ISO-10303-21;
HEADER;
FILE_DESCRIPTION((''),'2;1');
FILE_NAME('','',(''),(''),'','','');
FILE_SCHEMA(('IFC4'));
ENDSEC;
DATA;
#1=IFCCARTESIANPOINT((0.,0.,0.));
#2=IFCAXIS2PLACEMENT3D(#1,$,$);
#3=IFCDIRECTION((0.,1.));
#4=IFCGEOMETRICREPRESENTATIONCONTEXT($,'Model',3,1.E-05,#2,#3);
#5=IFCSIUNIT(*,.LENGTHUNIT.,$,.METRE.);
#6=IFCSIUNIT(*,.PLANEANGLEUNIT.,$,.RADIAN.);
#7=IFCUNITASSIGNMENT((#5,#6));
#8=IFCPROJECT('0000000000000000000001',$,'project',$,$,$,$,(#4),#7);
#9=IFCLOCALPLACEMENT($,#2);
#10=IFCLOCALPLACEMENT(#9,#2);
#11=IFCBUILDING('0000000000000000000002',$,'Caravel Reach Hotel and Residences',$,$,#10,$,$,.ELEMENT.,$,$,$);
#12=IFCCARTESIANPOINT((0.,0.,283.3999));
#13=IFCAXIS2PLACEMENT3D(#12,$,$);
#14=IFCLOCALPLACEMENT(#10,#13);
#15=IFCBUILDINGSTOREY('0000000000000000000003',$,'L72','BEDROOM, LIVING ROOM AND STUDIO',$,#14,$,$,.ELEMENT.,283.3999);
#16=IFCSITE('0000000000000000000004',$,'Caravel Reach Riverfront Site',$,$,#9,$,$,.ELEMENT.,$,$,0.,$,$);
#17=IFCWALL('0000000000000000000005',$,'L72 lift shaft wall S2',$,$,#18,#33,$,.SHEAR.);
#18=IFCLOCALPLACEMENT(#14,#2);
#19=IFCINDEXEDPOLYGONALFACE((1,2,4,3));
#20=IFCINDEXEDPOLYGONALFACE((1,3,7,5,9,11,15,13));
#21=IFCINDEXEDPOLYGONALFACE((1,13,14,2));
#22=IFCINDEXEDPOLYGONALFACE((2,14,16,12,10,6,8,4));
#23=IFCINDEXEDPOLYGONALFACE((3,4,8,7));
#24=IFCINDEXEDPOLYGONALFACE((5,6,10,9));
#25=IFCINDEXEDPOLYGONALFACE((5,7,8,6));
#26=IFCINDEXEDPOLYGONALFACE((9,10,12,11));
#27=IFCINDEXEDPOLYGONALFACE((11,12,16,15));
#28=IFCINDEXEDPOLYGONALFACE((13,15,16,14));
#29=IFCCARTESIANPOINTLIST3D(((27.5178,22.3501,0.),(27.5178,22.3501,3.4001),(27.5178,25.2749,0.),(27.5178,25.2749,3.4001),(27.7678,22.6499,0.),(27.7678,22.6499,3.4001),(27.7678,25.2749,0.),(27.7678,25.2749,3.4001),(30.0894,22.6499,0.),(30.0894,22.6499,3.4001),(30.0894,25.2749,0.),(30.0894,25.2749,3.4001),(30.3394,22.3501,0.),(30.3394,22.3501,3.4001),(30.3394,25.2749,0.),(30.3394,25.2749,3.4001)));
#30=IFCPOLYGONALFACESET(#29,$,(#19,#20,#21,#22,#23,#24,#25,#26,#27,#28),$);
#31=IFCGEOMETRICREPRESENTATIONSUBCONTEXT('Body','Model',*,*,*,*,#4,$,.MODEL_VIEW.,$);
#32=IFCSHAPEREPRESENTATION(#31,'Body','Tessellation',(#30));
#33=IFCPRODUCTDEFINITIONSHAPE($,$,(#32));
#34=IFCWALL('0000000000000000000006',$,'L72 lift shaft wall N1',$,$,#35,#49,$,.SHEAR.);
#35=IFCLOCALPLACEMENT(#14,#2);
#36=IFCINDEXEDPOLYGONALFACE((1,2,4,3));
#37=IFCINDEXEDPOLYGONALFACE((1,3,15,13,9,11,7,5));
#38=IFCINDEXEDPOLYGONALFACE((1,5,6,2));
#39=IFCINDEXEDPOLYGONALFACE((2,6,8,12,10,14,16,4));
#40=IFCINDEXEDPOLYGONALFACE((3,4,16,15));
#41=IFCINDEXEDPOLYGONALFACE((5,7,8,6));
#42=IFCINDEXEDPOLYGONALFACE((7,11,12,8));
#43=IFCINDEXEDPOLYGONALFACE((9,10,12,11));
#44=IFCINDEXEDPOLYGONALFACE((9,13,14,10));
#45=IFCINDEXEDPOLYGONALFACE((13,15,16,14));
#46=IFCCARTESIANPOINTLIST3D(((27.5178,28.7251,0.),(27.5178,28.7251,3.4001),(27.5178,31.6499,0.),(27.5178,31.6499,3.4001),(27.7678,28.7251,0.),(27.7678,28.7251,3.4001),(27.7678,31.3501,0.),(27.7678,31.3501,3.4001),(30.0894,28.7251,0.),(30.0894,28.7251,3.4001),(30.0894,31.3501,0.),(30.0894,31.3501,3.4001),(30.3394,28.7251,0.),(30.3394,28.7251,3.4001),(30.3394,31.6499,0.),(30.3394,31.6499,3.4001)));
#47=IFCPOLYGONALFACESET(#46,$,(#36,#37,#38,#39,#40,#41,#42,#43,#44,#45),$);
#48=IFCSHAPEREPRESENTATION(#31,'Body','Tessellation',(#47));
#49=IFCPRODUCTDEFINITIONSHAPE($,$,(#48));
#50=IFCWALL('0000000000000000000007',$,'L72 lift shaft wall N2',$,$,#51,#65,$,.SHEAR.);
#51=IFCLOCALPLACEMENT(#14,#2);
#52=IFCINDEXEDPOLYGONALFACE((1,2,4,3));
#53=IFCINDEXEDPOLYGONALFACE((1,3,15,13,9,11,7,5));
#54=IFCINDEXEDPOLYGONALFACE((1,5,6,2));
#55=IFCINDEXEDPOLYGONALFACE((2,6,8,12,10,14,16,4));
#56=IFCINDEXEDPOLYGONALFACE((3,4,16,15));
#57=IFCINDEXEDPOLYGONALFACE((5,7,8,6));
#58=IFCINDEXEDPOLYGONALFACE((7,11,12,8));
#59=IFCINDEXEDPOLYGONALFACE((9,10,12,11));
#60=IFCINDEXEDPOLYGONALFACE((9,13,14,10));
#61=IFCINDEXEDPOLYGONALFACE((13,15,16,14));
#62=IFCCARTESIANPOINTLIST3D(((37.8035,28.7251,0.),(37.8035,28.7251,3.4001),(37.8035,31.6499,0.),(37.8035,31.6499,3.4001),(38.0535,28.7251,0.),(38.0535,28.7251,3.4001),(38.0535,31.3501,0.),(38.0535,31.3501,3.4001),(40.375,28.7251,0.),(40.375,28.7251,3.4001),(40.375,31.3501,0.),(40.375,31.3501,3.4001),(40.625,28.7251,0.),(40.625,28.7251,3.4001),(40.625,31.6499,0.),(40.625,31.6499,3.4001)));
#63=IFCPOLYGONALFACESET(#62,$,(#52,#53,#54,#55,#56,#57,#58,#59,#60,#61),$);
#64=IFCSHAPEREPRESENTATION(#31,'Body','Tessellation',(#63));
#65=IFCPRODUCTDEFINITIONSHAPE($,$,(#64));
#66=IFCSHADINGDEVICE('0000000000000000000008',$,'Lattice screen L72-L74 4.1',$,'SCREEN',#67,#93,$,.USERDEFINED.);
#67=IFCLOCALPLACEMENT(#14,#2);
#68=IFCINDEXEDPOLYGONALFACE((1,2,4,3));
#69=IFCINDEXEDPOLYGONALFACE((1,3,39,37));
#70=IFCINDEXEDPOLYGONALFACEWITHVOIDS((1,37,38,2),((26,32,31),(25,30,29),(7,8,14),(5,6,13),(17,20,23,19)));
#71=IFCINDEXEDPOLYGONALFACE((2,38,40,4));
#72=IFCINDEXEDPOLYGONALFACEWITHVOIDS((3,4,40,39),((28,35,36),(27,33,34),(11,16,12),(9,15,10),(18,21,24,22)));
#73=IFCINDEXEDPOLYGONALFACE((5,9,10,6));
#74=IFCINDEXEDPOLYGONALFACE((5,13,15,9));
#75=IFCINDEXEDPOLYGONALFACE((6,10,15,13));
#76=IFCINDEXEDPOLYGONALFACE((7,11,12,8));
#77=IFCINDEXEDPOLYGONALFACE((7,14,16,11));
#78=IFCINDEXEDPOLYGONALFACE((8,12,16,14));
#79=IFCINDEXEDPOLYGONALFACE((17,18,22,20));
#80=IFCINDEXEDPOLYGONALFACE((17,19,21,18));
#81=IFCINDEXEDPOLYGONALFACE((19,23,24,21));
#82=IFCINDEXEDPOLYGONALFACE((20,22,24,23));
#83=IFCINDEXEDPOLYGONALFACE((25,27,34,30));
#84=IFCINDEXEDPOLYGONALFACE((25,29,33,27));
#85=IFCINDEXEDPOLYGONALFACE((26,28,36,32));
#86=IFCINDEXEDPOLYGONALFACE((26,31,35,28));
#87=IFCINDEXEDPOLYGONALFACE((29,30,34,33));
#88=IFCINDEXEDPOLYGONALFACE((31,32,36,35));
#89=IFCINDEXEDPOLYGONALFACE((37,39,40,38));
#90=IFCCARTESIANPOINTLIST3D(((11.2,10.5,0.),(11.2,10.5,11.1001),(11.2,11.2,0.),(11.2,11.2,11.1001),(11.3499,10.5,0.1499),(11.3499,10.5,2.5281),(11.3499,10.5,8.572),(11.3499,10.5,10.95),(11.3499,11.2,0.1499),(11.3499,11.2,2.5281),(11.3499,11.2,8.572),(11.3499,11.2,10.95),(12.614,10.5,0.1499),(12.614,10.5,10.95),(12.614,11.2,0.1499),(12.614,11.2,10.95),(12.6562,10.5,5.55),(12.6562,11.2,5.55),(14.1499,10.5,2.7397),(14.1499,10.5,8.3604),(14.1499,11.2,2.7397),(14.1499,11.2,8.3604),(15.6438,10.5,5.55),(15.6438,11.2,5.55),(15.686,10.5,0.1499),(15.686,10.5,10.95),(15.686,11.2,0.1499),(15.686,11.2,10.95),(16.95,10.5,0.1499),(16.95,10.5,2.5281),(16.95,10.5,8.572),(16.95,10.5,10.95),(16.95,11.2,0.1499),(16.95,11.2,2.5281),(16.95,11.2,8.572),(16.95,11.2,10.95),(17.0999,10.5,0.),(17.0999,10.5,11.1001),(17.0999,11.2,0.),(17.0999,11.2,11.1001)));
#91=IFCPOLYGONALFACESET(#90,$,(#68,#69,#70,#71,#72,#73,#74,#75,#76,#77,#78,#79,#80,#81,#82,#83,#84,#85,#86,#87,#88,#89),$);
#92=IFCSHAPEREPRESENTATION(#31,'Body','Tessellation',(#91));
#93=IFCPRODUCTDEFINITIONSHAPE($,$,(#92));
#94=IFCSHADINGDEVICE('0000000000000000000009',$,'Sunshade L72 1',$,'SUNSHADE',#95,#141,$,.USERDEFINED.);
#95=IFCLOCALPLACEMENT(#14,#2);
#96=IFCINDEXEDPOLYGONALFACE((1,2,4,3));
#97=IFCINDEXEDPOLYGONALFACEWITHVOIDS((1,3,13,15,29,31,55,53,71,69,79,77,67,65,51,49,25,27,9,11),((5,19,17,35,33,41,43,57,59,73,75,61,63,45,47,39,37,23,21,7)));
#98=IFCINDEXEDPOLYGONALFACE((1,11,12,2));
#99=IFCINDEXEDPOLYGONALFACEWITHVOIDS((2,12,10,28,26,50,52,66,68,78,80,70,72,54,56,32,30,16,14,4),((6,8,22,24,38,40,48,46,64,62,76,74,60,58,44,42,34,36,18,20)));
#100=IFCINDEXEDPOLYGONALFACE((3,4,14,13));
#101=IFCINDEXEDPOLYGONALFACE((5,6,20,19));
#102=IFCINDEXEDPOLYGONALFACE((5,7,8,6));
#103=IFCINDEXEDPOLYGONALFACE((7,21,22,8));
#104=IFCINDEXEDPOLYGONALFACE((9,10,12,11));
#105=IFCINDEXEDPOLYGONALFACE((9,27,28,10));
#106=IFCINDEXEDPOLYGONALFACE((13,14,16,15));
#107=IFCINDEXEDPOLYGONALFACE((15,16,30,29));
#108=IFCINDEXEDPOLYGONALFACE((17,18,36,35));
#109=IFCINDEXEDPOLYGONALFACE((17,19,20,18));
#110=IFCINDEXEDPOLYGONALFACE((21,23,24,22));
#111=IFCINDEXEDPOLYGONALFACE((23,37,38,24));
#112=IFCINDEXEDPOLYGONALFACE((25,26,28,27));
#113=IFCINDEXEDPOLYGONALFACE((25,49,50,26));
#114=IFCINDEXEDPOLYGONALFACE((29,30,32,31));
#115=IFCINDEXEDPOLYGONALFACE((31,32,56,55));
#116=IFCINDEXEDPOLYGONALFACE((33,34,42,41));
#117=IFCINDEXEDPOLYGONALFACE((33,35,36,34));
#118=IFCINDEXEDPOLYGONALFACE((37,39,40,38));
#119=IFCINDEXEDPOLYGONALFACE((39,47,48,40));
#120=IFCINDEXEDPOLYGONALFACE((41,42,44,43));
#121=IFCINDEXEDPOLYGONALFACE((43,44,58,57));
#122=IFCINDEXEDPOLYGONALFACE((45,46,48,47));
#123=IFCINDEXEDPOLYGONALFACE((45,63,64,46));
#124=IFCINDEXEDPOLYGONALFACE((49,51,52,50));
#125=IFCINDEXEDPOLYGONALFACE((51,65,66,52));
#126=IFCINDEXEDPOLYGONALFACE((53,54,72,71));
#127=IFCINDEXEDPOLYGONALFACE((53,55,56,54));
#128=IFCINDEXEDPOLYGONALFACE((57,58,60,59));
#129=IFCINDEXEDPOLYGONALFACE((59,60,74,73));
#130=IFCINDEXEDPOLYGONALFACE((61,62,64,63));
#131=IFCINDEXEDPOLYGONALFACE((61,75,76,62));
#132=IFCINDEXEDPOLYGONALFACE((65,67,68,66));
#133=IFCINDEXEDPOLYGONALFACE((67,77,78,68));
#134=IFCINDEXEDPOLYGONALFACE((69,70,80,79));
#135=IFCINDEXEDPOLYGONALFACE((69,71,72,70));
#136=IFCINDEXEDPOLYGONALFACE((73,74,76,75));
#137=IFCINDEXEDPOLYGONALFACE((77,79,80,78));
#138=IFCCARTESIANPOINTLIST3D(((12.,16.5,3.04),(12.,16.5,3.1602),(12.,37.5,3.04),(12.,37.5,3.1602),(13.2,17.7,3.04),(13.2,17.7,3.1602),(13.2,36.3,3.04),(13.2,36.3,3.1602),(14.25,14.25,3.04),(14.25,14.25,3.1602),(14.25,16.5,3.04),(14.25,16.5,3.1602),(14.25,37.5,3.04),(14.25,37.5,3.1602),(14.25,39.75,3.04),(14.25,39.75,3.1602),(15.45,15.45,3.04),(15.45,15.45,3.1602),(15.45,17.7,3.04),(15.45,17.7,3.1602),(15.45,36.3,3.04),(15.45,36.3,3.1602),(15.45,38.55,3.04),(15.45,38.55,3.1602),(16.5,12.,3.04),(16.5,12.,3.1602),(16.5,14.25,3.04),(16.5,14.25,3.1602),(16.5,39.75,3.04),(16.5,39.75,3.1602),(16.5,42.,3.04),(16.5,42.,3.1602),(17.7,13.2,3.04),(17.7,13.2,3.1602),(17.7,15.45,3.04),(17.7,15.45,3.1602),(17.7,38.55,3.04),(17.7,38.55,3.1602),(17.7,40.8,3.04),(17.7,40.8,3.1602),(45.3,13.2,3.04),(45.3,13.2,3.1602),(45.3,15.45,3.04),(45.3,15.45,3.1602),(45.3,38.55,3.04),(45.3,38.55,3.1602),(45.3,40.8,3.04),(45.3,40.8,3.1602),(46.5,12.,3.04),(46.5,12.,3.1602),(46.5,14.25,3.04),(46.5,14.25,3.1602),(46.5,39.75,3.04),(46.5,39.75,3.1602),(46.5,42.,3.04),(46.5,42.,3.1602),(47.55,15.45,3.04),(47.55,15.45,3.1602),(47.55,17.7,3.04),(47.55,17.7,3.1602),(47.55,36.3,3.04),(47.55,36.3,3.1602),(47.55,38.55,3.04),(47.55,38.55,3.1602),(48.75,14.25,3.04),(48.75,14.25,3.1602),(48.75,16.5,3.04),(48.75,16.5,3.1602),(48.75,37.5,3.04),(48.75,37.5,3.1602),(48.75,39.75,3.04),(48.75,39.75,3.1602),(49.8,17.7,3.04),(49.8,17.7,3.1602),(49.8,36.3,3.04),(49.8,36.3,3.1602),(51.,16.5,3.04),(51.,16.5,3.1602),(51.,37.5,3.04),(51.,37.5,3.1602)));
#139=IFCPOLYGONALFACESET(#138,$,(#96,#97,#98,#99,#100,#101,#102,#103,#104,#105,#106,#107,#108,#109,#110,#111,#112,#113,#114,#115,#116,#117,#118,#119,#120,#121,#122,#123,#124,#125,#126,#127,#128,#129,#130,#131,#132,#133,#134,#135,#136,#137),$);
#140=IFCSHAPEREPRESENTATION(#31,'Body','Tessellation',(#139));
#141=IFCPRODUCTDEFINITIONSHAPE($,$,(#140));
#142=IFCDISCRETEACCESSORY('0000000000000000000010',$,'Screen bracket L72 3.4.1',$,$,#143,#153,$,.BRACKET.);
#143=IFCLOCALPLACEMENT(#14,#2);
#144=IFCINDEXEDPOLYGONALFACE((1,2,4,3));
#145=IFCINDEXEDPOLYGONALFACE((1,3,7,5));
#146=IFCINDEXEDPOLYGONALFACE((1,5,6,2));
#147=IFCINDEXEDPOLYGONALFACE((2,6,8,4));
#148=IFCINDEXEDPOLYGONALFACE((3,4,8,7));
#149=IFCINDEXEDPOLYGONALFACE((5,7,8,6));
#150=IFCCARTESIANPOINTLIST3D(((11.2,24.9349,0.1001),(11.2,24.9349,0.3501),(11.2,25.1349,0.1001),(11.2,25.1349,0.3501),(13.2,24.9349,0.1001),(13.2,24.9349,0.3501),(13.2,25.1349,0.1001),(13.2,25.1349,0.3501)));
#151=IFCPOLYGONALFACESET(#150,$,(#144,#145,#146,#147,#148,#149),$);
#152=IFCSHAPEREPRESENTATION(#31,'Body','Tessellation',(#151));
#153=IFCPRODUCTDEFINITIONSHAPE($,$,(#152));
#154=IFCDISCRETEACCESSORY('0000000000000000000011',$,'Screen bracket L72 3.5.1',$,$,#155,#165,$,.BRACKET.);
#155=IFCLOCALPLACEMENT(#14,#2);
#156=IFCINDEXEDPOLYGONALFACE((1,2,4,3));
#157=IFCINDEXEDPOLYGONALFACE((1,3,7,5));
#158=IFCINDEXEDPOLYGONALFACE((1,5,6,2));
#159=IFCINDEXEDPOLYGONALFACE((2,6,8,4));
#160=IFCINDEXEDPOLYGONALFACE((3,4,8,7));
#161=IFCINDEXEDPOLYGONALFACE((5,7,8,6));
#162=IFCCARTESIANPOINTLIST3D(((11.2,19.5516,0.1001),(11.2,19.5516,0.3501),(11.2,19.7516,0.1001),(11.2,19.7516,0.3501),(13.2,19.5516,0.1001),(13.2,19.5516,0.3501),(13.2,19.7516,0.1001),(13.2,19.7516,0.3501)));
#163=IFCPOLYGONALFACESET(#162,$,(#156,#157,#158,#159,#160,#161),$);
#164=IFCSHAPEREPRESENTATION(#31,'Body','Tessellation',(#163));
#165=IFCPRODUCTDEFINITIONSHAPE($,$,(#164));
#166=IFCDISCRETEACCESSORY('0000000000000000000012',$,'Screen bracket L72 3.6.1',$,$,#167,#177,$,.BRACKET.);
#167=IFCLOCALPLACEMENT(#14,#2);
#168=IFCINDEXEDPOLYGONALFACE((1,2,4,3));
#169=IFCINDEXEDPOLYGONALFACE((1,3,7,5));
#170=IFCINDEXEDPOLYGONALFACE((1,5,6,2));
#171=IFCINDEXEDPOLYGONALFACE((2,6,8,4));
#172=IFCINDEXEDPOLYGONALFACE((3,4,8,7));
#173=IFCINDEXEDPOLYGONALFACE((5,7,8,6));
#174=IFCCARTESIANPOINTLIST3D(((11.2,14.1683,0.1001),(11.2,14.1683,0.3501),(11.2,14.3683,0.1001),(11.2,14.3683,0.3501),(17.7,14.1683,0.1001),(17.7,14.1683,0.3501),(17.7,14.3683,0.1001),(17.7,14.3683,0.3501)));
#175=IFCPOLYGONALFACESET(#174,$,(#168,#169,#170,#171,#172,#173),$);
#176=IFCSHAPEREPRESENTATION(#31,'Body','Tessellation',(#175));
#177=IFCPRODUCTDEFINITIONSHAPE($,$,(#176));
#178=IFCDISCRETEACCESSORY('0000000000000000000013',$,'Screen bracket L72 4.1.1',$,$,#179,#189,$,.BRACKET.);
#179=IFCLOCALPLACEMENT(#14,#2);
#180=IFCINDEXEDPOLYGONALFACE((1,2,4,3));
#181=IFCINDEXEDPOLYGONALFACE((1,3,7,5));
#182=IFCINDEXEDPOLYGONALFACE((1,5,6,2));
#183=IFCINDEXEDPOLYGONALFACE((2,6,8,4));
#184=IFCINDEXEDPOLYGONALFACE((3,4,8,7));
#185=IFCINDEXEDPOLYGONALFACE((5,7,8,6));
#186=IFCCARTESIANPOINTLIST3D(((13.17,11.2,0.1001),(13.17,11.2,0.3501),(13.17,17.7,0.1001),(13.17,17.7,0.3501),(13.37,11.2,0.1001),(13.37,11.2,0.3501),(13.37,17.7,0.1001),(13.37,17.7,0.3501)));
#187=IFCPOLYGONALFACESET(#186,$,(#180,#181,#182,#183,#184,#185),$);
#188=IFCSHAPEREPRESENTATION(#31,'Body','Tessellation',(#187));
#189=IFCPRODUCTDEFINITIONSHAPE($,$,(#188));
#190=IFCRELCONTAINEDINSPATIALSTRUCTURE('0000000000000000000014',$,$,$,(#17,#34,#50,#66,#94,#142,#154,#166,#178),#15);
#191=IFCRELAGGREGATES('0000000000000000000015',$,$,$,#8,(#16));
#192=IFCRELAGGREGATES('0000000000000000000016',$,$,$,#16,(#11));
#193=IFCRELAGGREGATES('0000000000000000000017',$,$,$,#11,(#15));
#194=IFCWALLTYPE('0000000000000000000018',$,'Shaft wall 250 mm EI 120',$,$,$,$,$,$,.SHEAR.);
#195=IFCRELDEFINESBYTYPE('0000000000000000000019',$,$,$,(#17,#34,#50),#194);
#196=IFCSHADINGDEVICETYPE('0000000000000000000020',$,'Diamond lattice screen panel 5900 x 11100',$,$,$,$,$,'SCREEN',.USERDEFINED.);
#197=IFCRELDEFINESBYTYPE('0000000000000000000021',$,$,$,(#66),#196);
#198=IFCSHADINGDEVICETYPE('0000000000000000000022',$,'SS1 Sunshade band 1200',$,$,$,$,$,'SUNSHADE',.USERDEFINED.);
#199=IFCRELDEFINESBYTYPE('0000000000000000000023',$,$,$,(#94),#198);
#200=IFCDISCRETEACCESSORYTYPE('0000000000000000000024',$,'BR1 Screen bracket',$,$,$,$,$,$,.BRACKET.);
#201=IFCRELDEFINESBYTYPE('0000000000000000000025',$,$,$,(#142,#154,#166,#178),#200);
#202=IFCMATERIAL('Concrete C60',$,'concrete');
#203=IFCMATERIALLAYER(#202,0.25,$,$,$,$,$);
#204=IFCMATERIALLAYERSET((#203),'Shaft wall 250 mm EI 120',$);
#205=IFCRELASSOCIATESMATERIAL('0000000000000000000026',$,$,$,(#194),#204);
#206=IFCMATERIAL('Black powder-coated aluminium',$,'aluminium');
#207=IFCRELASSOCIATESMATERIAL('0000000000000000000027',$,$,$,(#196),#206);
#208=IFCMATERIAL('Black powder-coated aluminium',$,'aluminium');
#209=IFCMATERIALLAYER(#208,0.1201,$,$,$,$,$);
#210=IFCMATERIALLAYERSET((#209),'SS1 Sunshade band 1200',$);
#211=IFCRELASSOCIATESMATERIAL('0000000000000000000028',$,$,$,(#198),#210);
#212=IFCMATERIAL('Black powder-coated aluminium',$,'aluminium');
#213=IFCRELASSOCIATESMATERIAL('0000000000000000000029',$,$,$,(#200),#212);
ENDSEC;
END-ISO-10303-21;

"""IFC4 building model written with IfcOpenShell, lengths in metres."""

from ifc_helpers import new_model, si_unit, direction, frame, origin, origin_2d, place, context, subcontext, project, spatial, polyline, rectangle, outline, extrude, material, layer, layer_set, type_object, element, save


model = new_model("IFC4")

# Units and contexts
model_context = context("Model", 3, precision=1e-05, world=origin(), true_north=direction((0.0, 1.0)))
body_context = subcontext(model_context, "Body", "Model", "MODEL_VIEW")
ifc_project = project(units=[si_unit("LENGTHUNIT", "METRE"), si_unit("PLANEANGLEUNIT", "RADIAN")], contexts=[model_context])

# Site, building, storey
site_placement = place(None, origin())
site = spatial("IfcSite", under=ifc_project, at=site_placement, Name="Caravel Reach Riverfront Site", CompositionType="ELEMENT", RefElevation=0.0)
building_placement = place(site_placement, origin())
building = spatial("IfcBuilding", under=site, at=building_placement, Name="Caravel Reach Hotel and Residences", CompositionType="ELEMENT")
storey_placement = place(building_placement, frame((0.0, 0.0, 283.3999)))
storey = spatial("IfcBuildingStorey", under=building, at=storey_placement, Name="L72", Description="BEDROOM, LIVING ROOM AND STUDIO", CompositionType="ELEMENT", Elevation=283.3999)

# Walls
ifc_material_1 = material(Name="Concrete C60", Category="concrete")
ifc_layer_1 = layer(ifc_material_1, 0.25)
ifc_layer_set_1 = layer_set([ifc_layer_1], Name="Shaft wall 250 mm EI 120")
wall_type_1 = type_object("IfcWallType", Name="Shaft wall 250 mm EI 120", PredefinedType="SHEAR", material=ifc_layer_set_1)
wall_1_placement = place(storey_placement, origin())
element("IfcWall", 1, at=wall_1_placement, inside=storey, type_object=wall_type_1, Name="L72 lift shaft wall S2", PredefinedType="SHEAR", context=body_context, shape_type="SweptSolid", body=[
    extrude(outline(polyline([(27.5178, 22.3501), (30.3394, 22.3501), (30.3394, 25.2749), (30.0894, 25.2749), (30.0894, 22.6499), (27.7678, 22.6499), (27.7678, 25.2749), (27.5178, 25.2749), (27.5178, 22.3501)])), origin(), (0.0, 0.0, 1.0), 3.4001),
])
wall_2_placement = place(storey_placement, origin())
element("IfcWall", 2, at=wall_2_placement, inside=storey, type_object=wall_type_1, Name="L72 lift shaft wall N1", PredefinedType="SHEAR", context=body_context, shape_type="SweptSolid", body=[
    extrude(outline(polyline([(27.5178, 28.7251), (27.7678, 28.7251), (27.7678, 31.3501), (30.0894, 31.3501), (30.0894, 28.7251), (30.3394, 28.7251), (30.3394, 31.6499), (27.5178, 31.6499), (27.5178, 28.7251)])), origin(), (0.0, 0.0, 1.0), 3.4001),
])
wall_3_placement = place(storey_placement, origin())
element("IfcWall", 3, at=wall_3_placement, inside=storey, type_object=wall_type_1, Name="L72 lift shaft wall N2", PredefinedType="SHEAR", context=body_context, shape_type="SweptSolid", body=[
    extrude(outline(polyline([(37.8035, 28.7251), (38.0535, 28.7251), (38.0535, 31.3501), (40.375, 31.3501), (40.375, 28.7251), (40.625, 28.7251), (40.625, 31.6499), (37.8035, 31.6499), (37.8035, 28.7251)])), origin(), (0.0, 0.0, 1.0), 3.4001),
])

# Shading devices
ifc_material_2 = material(Name="Black powder-coated aluminium", Category="aluminium")
shading_device_type_1 = type_object("IfcShadingDeviceType", Name="Diamond lattice screen panel 5900 x 11100", ElementType="SCREEN", PredefinedType="USERDEFINED", material=ifc_material_2)
shading_device_1_placement = place(storey_placement, frame((11.2, 11.2, 0.0), z_axis=(0.0, -1.0, 0.0), x_axis=(1.0, 0.0, 0.0)))
element("IfcShadingDevice", 4, at=shading_device_1_placement, inside=storey, type_object=shading_device_type_1, Name="Lattice screen L72-L74 4.1", ObjectType="SCREEN", PredefinedType="USERDEFINED", context=body_context, shape_type="SweptSolid", body=[
    extrude(outline(polyline([(0.0, 0.0), (5.8999, 0.0), (5.8999, 11.1001), (0.0, 11.1001), (0.0, 0.0)]), holes=[polyline([(1.4141, 0.1499), (0.1499, 2.5281), (0.1499, 0.1499), (1.4141, 0.1499)]), polyline([(0.1499, 8.572), (1.4141, 10.95), (0.1499, 10.95), (0.1499, 8.572)]), polyline([(2.95, 8.3604), (1.4563, 5.55), (2.95, 2.7397), (4.4438, 5.55), (2.95, 8.3604)]), polyline([(5.75, 2.5281), (4.4861, 0.1499), (5.75, 0.1499), (5.75, 2.5281)]), polyline([(4.4861, 10.95), (5.75, 8.572), (5.75, 10.95), (4.4861, 10.95)])]), origin(), (0.0, 0.0, 1.0), 0.7),
])
ifc_material_3 = material(Name="Black powder-coated aluminium", Category="aluminium")
ifc_layer_2 = layer(ifc_material_3, 0.1201)
ifc_layer_set_2 = layer_set([ifc_layer_2], Name="SS1 Sunshade band 1200")
shading_device_type_2 = type_object("IfcShadingDeviceType", Name="SS1 Sunshade band 1200", ElementType="SUNSHADE", PredefinedType="USERDEFINED", material=ifc_layer_set_2)
shading_device_2_placement = place(storey_placement, frame((0.0, 0.0, 3.04)))
element("IfcShadingDevice", 5, at=shading_device_2_placement, inside=storey, type_object=shading_device_type_2, Name="Sunshade L72 1", ObjectType="SUNSHADE", PredefinedType="USERDEFINED", context=body_context, shape_type="SweptSolid", body=[
    extrude(outline(polyline([(16.5, 12.0), (46.5, 12.0), (46.5, 14.25), (48.75, 14.25), (48.75, 16.5), (51.0, 16.5), (51.0, 37.5), (48.75, 37.5), (48.75, 39.75), (46.5, 39.75), (46.5, 42.0), (16.5, 42.0), (16.5, 39.75), (14.25, 39.75), (14.25, 37.5), (12.0, 37.5), (12.0, 16.5), (14.25, 16.5), (14.25, 14.25), (16.5, 14.25), (16.5, 12.0)]), holes=[polyline([(45.3, 15.45), (45.3, 13.2), (17.7, 13.2), (17.7, 15.45), (15.45, 15.45), (15.45, 17.7), (13.2, 17.7), (13.2, 36.3), (15.45, 36.3), (15.45, 38.55), (17.7, 38.55), (17.7, 40.8), (45.3, 40.8), (45.3, 38.55), (47.55, 38.55), (47.55, 36.3), (49.8, 36.3), (49.8, 17.7), (47.55, 17.7), (47.55, 15.45), (45.3, 15.45)])]), origin(), (0.0, 0.0, 1.0), 0.1201),
])

# Discrete accessories
ifc_material_4 = material(Name="Black powder-coated aluminium", Category="aluminium")
discrete_accessory_type = type_object("IfcDiscreteAccessoryType", Name="BR1 Screen bracket", PredefinedType="BRACKET", material=ifc_material_4)
for number, where, z_axis, x_axis, name in (
    (6, (12.2, 25.0349, 0.1001), (0.0, 0.0, 1.0), (-1.0, 0.0, 0.0), "Screen bracket L72 3.4.1"),
    (7, (12.2, 19.6516, 0.1001), (0.0, 0.0, 1.0), (-1.0, 0.0, 0.0), "Screen bracket L72 3.5.1"),
):
    element("IfcDiscreteAccessory", number, at=place(storey_placement, frame(where, z_axis=z_axis, x_axis=x_axis)), inside=storey, type_object=discrete_accessory_type, Name=name, PredefinedType="BRACKET", context=body_context, shape_type="SweptSolid", body=[
        extrude(rectangle(XDim=2.0, YDim=0.2, at=origin_2d()), origin(), (0.0, 0.0, 1.0), 0.25),
    ])
for number, where, z_axis, x_axis, name in (
    (8, (14.45, 14.2683, 0.1001), (0.0, 0.0, 1.0), (-1.0, 0.0, 0.0), "Screen bracket L72 3.6.1"),
    (9, (13.27, 14.45, 0.1001), (0.0, 0.0, 1.0), (0.0, -1.0, 0.0), "Screen bracket L72 4.1.1"),
):
    element("IfcDiscreteAccessory", number, at=place(storey_placement, frame(where, z_axis=z_axis, x_axis=x_axis)), inside=storey, type_object=discrete_accessory_type, Name=name, PredefinedType="BRACKET", context=body_context, shape_type="SweptSolid", body=[
        extrude(rectangle(XDim=6.5, YDim=0.2, at=origin_2d()), origin(), (0.0, 0.0, 1.0), 0.25),
    ])

save(model, "model.ifc")
